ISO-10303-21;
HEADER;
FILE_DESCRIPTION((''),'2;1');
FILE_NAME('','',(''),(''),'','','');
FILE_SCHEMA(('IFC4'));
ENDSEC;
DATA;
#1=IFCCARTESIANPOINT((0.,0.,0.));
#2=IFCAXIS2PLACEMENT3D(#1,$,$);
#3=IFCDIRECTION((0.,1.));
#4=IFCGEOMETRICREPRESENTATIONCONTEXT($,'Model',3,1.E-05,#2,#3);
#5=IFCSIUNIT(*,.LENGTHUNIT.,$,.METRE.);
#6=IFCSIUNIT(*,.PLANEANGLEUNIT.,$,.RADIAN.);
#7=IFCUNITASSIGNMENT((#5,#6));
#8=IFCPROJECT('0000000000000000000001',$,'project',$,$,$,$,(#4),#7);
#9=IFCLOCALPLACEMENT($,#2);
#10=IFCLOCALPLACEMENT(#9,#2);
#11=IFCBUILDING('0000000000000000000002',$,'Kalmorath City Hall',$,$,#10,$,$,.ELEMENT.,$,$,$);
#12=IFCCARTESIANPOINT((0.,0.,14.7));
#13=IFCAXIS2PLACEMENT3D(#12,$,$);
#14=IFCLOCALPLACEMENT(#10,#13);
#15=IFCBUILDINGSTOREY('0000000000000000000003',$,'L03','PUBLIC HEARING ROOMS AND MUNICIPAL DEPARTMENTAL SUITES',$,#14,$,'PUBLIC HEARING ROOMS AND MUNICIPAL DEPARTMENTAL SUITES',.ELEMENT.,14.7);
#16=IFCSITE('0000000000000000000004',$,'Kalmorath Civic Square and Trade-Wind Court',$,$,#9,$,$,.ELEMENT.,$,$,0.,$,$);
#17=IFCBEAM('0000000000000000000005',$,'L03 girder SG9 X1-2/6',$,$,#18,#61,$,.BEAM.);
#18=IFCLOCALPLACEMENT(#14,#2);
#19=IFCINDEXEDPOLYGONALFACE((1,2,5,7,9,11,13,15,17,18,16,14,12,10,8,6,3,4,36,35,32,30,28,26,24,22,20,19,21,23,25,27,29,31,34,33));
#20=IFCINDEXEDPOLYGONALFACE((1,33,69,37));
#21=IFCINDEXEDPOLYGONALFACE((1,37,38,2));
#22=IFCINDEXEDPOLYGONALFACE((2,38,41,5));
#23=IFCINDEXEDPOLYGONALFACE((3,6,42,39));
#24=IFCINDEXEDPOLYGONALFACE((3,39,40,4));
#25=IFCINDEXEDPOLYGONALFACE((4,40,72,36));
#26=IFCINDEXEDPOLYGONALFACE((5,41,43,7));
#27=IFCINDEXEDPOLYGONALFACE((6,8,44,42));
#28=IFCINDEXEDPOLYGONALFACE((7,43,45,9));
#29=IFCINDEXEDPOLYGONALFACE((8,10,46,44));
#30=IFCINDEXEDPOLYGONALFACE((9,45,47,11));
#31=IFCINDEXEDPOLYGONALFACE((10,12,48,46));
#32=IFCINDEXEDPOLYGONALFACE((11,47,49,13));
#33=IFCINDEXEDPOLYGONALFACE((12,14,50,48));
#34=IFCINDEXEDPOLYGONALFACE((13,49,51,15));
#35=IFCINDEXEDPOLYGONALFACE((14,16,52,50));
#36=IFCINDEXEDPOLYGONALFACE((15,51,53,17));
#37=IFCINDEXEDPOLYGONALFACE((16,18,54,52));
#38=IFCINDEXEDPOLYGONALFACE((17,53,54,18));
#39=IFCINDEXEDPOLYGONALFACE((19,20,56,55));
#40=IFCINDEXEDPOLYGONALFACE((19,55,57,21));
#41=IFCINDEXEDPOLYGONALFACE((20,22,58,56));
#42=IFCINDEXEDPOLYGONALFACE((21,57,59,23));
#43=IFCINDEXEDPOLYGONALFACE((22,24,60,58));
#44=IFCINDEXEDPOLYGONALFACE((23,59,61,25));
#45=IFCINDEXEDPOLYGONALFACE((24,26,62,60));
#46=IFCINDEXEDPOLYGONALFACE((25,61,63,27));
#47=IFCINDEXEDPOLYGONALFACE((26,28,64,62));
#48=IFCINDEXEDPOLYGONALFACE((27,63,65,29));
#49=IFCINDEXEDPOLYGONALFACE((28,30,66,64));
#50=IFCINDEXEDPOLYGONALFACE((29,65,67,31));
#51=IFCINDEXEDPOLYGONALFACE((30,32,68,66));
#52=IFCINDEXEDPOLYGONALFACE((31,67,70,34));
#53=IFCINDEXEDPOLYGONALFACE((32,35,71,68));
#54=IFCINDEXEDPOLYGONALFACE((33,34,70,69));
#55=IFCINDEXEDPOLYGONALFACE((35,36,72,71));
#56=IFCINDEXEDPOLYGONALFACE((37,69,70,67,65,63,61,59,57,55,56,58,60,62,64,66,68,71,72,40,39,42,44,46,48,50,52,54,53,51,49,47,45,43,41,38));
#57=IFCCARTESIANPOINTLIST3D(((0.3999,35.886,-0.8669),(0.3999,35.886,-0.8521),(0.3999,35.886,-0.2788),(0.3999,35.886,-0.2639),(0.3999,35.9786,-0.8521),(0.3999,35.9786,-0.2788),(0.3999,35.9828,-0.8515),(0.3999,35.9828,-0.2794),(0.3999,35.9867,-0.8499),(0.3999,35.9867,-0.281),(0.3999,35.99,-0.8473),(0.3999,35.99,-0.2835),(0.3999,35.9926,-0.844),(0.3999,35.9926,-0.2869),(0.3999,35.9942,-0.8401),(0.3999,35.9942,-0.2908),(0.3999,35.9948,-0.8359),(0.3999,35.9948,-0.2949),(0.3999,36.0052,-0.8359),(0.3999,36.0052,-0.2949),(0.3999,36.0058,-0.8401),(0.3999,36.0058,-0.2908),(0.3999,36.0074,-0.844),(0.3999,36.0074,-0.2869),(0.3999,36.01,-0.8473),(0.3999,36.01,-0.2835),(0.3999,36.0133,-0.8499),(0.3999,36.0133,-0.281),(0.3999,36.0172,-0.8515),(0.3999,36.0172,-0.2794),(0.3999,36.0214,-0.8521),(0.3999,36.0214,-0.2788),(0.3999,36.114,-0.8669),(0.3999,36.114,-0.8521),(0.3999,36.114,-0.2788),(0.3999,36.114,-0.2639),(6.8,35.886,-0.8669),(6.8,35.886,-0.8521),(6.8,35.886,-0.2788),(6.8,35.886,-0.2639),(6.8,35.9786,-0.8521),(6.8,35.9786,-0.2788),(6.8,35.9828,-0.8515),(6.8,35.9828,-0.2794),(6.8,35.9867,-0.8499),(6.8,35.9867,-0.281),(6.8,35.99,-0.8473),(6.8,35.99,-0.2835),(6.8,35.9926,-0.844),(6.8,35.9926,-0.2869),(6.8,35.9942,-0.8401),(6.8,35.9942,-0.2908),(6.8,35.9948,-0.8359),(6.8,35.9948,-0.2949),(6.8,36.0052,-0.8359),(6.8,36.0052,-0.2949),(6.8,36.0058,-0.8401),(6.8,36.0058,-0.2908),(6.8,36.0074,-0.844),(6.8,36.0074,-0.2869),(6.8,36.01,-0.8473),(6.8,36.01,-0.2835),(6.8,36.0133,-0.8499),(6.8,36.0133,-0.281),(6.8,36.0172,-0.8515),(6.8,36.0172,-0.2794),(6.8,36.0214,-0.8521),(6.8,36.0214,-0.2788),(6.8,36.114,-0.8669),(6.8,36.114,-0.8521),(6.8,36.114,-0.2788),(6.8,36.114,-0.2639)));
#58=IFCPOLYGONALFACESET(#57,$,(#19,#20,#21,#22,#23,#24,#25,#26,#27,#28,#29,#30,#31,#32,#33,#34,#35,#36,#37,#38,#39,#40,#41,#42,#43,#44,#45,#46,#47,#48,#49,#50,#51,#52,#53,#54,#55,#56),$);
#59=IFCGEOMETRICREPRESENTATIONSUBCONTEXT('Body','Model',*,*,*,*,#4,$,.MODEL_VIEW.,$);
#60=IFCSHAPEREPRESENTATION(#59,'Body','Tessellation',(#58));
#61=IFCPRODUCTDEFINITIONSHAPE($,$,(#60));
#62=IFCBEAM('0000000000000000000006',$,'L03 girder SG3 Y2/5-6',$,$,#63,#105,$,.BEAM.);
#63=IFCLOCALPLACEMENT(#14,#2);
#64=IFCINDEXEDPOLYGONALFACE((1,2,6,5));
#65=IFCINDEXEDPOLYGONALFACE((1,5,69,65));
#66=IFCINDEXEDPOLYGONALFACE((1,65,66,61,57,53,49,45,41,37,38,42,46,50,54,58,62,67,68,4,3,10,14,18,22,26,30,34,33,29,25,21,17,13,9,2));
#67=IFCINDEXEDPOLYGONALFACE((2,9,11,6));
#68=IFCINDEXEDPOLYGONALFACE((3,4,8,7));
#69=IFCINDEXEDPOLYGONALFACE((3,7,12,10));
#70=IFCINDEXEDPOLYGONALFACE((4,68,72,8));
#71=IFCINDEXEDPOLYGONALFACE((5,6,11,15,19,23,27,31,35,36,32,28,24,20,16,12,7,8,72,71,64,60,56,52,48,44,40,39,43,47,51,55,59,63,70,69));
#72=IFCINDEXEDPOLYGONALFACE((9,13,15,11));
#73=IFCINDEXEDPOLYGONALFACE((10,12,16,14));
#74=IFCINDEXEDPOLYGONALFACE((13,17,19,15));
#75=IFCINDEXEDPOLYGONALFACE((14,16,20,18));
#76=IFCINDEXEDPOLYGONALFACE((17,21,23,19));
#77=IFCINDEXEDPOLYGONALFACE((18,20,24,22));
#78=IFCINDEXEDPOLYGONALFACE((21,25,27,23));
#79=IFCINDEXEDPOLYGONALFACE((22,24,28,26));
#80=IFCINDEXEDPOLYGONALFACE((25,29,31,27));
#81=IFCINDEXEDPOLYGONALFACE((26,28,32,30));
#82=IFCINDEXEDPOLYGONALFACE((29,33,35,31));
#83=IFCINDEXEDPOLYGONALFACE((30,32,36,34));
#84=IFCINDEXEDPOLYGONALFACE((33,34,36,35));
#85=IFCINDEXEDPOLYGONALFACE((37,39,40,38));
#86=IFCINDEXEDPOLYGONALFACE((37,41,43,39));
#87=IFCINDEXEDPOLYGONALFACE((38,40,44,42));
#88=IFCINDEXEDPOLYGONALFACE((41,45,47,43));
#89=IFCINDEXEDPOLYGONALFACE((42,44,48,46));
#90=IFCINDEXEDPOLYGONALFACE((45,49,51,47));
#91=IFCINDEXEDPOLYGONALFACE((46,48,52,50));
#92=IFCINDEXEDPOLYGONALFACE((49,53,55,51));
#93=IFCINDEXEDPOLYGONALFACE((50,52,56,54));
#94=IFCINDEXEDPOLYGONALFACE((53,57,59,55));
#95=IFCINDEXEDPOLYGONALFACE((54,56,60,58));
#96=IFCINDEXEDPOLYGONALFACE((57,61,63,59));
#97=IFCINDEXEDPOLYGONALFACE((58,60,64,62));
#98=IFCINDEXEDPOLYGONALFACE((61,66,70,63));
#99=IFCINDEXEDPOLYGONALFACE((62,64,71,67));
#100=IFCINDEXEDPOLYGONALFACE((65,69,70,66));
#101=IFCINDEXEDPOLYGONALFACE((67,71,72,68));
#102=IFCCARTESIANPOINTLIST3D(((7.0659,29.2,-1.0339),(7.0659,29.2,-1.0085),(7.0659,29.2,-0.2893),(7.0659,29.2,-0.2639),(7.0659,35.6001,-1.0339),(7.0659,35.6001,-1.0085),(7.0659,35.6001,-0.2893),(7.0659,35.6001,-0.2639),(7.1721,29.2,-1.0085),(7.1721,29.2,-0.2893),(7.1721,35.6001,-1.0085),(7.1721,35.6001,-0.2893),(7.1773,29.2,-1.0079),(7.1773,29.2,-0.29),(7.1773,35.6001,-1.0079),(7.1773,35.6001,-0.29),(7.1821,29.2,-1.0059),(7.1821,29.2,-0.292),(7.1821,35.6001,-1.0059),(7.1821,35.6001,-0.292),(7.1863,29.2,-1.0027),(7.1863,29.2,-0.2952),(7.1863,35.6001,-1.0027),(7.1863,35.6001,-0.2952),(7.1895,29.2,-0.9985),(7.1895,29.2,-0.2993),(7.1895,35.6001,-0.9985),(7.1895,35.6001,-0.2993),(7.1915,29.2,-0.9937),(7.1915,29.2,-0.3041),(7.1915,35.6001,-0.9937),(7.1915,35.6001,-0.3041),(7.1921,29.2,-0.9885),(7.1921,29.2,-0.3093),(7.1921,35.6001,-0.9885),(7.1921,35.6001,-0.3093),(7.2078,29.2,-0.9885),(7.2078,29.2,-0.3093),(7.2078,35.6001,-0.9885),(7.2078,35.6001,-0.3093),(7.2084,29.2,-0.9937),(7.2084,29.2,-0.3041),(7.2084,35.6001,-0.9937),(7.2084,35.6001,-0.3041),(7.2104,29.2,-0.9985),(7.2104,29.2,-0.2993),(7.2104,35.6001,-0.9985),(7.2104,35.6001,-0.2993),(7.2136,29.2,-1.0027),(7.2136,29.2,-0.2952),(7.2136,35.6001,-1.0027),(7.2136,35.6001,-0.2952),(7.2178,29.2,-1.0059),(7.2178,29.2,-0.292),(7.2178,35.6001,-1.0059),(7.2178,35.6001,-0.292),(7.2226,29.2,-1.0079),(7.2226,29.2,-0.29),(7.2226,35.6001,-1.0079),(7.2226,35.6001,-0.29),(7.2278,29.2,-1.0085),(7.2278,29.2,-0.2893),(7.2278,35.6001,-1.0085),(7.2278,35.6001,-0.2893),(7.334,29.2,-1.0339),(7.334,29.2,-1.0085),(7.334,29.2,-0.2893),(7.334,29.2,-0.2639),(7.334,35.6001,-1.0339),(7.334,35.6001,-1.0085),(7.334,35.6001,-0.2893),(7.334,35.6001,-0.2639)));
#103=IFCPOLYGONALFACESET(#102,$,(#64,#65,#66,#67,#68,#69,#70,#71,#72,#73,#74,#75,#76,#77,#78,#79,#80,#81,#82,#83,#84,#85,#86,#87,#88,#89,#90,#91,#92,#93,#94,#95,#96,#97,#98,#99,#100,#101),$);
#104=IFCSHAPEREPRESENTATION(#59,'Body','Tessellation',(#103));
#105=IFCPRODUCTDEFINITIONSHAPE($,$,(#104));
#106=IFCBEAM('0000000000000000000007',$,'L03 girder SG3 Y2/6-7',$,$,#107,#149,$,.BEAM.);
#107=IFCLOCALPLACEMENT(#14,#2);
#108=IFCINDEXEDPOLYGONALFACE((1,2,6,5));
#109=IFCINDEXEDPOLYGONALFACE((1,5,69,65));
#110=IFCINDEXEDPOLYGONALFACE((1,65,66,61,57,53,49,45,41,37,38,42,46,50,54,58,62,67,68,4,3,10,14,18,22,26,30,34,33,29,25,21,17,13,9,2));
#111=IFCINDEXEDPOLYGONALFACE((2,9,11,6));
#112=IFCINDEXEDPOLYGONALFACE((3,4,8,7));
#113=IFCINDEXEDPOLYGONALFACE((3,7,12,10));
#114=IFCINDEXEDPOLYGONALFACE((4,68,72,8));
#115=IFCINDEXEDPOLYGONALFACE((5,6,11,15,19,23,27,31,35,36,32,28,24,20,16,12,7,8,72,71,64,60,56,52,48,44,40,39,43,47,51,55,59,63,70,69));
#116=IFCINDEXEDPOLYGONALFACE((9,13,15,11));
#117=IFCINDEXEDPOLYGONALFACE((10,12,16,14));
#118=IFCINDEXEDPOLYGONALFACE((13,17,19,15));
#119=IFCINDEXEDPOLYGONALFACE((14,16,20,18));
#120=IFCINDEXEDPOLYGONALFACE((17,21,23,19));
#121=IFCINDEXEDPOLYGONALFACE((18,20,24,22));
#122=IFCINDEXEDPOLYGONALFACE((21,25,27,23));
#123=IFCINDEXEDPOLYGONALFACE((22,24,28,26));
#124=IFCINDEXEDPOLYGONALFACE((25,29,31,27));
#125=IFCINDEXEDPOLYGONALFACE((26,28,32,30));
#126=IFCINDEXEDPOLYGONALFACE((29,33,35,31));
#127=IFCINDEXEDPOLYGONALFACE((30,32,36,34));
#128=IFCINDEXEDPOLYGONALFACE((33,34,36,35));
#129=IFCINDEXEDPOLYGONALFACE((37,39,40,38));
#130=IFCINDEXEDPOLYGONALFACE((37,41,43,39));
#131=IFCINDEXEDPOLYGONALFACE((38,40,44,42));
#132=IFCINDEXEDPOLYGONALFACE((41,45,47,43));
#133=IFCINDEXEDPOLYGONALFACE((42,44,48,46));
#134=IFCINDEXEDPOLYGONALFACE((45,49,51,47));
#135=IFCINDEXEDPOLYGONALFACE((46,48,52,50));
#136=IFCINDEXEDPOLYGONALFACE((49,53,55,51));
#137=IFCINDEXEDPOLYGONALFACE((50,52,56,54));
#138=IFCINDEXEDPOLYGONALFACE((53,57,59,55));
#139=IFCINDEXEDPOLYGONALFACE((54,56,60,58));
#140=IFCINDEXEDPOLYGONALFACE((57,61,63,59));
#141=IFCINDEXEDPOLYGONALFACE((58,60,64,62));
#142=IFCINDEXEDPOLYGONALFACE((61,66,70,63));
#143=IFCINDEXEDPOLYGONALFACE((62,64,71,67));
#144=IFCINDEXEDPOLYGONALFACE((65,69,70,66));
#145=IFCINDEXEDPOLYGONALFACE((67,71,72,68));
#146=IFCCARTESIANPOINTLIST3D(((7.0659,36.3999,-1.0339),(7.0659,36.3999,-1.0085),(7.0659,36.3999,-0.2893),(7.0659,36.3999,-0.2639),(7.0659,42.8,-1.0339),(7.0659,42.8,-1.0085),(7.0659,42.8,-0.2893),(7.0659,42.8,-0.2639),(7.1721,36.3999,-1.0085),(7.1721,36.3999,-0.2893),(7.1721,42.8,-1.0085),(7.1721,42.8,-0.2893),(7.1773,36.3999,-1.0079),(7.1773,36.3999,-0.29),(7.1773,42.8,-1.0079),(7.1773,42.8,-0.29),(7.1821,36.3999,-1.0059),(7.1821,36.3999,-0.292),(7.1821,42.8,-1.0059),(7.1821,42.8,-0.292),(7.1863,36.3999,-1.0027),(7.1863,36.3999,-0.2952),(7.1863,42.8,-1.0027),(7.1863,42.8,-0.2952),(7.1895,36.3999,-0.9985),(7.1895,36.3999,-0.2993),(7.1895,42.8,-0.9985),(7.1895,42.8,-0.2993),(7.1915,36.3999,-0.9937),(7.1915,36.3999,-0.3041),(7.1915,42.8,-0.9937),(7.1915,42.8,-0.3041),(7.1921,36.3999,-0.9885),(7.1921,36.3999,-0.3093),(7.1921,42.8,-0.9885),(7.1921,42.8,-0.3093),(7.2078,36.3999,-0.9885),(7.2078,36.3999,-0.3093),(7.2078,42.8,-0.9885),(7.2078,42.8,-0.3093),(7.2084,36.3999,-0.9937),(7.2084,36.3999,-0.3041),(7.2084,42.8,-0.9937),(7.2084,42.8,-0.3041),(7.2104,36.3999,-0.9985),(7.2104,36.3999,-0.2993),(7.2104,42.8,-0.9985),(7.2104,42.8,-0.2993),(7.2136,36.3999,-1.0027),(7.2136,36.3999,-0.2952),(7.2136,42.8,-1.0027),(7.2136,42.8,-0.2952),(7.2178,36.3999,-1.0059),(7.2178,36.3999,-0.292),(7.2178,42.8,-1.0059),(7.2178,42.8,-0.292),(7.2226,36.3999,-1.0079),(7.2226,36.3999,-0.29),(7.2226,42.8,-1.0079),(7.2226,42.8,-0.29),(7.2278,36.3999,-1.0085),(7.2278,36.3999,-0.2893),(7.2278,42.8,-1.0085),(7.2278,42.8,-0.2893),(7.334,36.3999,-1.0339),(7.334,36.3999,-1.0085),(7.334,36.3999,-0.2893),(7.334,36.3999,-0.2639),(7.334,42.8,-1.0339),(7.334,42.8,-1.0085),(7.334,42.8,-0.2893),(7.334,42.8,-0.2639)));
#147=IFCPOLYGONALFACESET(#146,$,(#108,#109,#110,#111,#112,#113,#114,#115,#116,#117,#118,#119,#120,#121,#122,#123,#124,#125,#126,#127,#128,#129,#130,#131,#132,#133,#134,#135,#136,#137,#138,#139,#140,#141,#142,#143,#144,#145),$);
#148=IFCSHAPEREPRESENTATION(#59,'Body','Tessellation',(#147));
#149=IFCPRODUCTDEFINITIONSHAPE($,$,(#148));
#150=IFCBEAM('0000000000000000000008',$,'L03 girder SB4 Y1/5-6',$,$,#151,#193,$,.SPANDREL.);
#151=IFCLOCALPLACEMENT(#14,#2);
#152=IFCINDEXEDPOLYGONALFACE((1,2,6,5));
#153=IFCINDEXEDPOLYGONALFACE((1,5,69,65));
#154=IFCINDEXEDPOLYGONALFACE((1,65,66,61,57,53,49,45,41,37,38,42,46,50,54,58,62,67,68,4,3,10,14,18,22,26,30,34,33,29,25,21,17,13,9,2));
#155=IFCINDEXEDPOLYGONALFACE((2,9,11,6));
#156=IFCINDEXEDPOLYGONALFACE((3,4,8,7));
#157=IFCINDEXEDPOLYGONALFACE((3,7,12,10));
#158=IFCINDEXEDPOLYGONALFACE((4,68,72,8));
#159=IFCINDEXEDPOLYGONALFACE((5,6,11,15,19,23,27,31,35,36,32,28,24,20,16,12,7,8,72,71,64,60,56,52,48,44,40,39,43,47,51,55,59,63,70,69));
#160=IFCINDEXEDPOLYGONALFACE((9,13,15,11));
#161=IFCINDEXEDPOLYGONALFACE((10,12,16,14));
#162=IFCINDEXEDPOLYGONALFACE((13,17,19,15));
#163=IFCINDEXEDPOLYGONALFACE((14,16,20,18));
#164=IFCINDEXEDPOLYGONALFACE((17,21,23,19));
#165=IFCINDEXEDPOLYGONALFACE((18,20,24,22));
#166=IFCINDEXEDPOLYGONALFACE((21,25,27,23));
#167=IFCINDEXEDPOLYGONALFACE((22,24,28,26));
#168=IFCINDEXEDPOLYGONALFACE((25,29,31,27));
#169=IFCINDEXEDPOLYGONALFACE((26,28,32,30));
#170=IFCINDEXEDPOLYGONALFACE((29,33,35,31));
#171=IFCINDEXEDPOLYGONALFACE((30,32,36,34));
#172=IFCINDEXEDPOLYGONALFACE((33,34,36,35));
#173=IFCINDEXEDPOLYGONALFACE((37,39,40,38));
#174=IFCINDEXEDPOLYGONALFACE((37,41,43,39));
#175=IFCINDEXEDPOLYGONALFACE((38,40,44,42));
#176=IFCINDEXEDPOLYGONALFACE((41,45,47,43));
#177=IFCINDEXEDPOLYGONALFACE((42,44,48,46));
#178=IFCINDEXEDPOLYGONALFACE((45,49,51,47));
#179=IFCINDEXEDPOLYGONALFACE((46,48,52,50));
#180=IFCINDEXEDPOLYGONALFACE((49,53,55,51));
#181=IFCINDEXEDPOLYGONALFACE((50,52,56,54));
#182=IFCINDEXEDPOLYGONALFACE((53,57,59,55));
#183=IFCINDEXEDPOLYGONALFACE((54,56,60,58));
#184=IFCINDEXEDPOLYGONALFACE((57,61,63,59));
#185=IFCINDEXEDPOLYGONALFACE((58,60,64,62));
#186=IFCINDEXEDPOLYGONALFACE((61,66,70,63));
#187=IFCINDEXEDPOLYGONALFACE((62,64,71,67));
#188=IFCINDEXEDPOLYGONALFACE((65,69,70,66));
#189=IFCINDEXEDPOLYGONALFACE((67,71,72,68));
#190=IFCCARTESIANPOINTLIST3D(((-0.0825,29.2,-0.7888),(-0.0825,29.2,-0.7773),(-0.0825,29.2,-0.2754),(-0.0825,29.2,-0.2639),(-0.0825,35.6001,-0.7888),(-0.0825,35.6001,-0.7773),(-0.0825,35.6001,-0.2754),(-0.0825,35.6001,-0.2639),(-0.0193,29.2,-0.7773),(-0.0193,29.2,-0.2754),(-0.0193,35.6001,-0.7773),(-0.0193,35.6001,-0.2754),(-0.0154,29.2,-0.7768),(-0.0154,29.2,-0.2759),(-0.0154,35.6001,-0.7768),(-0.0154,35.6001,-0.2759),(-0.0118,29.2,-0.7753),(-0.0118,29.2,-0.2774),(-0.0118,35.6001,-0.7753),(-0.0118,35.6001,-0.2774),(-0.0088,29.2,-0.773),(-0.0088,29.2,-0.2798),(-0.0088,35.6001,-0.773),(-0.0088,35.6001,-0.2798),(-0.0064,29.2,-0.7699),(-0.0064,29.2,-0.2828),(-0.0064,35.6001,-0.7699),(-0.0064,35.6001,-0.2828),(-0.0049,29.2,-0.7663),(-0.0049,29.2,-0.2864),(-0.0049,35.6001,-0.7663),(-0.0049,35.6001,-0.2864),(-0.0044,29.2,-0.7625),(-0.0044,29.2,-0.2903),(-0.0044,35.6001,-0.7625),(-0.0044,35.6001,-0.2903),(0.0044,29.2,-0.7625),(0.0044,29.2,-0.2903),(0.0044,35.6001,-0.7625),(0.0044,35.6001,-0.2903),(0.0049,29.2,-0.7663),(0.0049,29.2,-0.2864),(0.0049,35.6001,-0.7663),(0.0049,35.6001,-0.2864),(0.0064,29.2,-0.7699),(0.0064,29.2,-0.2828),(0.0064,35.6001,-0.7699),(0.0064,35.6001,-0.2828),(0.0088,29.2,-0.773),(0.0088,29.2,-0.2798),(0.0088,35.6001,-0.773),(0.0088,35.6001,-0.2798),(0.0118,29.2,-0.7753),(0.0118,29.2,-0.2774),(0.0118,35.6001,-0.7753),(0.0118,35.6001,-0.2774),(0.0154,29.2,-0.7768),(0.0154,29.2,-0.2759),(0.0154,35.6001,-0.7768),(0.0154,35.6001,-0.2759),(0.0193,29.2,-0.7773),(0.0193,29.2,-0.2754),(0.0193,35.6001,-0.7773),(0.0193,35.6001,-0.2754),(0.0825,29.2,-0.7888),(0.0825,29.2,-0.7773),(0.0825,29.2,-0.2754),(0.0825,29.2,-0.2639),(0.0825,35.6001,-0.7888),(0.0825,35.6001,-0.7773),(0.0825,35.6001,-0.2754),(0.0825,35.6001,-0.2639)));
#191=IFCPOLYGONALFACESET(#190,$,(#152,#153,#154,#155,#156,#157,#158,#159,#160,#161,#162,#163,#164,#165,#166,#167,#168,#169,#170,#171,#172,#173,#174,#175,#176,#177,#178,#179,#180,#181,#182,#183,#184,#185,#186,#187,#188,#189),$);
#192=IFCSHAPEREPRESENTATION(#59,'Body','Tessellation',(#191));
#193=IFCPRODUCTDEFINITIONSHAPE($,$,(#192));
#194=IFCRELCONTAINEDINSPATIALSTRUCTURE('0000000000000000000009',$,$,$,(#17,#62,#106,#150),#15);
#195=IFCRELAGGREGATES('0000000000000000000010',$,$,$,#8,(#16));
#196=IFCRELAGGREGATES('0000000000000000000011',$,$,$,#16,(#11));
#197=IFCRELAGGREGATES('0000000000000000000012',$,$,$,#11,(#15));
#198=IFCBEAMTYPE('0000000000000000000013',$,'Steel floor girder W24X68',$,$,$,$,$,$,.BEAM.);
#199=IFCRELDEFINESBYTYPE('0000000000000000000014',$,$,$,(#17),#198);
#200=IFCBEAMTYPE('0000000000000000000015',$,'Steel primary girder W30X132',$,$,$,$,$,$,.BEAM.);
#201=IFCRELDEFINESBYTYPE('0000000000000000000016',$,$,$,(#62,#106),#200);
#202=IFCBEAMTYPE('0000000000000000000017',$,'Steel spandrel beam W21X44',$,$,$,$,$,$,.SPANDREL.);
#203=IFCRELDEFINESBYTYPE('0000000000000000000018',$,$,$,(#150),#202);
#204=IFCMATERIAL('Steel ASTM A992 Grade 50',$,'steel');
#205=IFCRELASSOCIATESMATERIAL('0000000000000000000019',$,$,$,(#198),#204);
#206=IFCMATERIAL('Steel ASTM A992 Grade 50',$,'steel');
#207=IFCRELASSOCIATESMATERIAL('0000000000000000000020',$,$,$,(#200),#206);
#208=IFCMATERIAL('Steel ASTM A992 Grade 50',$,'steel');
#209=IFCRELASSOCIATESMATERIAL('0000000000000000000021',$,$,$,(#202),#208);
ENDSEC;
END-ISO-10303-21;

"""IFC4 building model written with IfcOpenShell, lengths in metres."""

from ifc_helpers import new_model, si_unit, direction, frame, origin, origin_2d, place, context, subcontext, project, spatial, i_section, extrude, material, material_profile, profile_set, type_object, element, save


model = new_model("IFC4")

# Units and contexts
model_context = context("Model", 3, precision=1e-05, world=origin(), true_north=direction((0.0, 1.0)))
body_context = subcontext(model_context, "Body", "Model", "MODEL_VIEW")
ifc_project = project(units=[si_unit("LENGTHUNIT", "METRE"), si_unit("PLANEANGLEUNIT", "RADIAN")], contexts=[model_context])

# Site, building, storey
site_placement = place(None, origin())
site = spatial("IfcSite", under=ifc_project, at=site_placement, Name="Kalmorath Civic Square and Trade-Wind Court", CompositionType="ELEMENT", RefElevation=0.0)
building_placement = place(site_placement, origin())
building = spatial("IfcBuilding", under=site, at=building_placement, Name="Kalmorath City Hall", CompositionType="ELEMENT")
storey_placement = place(building_placement, frame((0.0, 0.0, 14.7)))
storey = spatial("IfcBuildingStorey", under=building, at=storey_placement, Name="L03", Description="PUBLIC HEARING ROOMS AND MUNICIPAL DEPARTMENTAL SUITES", LongName="PUBLIC HEARING ROOMS AND MUNICIPAL DEPARTMENTAL SUITES", CompositionType="ELEMENT", Elevation=14.7)

# Beams
ifc_material_1 = material(Name="Steel ASTM A992 Grade 50", Category="steel")
ifc_material_profile_1 = material_profile(ifc_material_1, i_section(OverallWidth=0.228, OverallDepth=0.603, WebThickness=0.0105, FlangeThickness=0.0149, FilletRadius=0.0161, at=origin_2d()), Name="W24X68")
ifc_profile_set_1 = profile_set([ifc_material_profile_1], Name="Steel ASTM A992 Grade 50")
beam_type_1 = type_object("IfcBeamType", Name="Steel floor girder W24X68", PredefinedType="BEAM", material=ifc_profile_set_1)
beam_1_placement = place(storey_placement, frame((0.3999, 36.0, -0.5654), z_axis=(1.0, 0.0, 0.0), x_axis=(0.0, 1.0, 0.0)))
element("IfcBeam", 1, at=beam_1_placement, inside=storey, type_object=beam_type_1, Name="L03 girder SG9 X1-2/6", PredefinedType="BEAM", context=body_context, shape_type="SweptSolid", body=[
    extrude(i_section(OverallWidth=0.228, OverallDepth=0.603, WebThickness=0.0105, FlangeThickness=0.0149, FilletRadius=0.0161, at=origin_2d()), origin(), (0.0, 0.0, 1.0), 6.4001),
])
ifc_material_2 = material(Name="Steel ASTM A992 Grade 50", Category="steel")
ifc_material_profile_2 = material_profile(ifc_material_2, i_section(OverallWidth=0.2681, OverallDepth=0.77, WebThickness=0.0156, FlangeThickness=0.0254, FilletRadius=0.02, at=origin_2d()), Name="W30X132")
ifc_profile_set_2 = profile_set([ifc_material_profile_2], Name="Steel ASTM A992 Grade 50")
beam_type_2 = type_object("IfcBeamType", Name="Steel primary girder W30X132", PredefinedType="BEAM", material=ifc_profile_set_2)
for number, where, z_axis, x_axis, name in (
    (2, (7.2, 29.2, -0.6489), (0.0, 1.0, 0.0), (-1.0, 0.0, 0.0), "L03 girder SG3 Y2/5-6"),
    (3, (7.2, 36.3999, -0.6489), (0.0, 1.0, 0.0), (-1.0, 0.0, 0.0), "L03 girder SG3 Y2/6-7"),
):
    element("IfcBeam", number, at=place(storey_placement, frame(where, z_axis=z_axis, x_axis=x_axis)), inside=storey, type_object=beam_type_2, Name=name, PredefinedType="BEAM", context=body_context, shape_type="SweptSolid", body=[
        extrude(i_section(OverallWidth=0.2681, OverallDepth=0.77, WebThickness=0.0156, FlangeThickness=0.0254, FilletRadius=0.02, at=origin_2d()), origin(), (0.0, 0.0, 1.0), 6.4001),
    ])
ifc_material_3 = material(Name="Steel ASTM A992 Grade 50", Category="steel")
ifc_material_profile_3 = material_profile(ifc_material_3, i_section(OverallWidth=0.165, OverallDepth=0.5249, WebThickness=0.0088, FlangeThickness=0.0115, FilletRadius=0.0149, at=origin_2d()), Name="W21X44")
ifc_profile_set_3 = profile_set([ifc_material_profile_3], Name="Steel ASTM A992 Grade 50")
beam_type_3 = type_object("IfcBeamType", Name="Steel spandrel beam W21X44", PredefinedType="SPANDREL", material=ifc_profile_set_3)
for number, where, z_axis, x_axis, name in (
    (4, (0.0, 29.2, -0.5264), (0.0, 1.0, 0.0), (-1.0, 0.0, 0.0), "L03 girder SB4 Y1/5-6"),
):
    element("IfcBeam", number, at=place(storey_placement, frame(where, z_axis=z_axis, x_axis=x_axis)), inside=storey, type_object=beam_type_3, Name=name, PredefinedType="SPANDREL", context=body_context, shape_type="SweptSolid", body=[
        extrude(i_section(OverallWidth=0.165, OverallDepth=0.5249, WebThickness=0.0088, FlangeThickness=0.0115, FilletRadius=0.0149, at=origin_2d()), origin(), (0.0, 0.0, 1.0), 6.4001),
    ])

save(model, "model.ifc")
